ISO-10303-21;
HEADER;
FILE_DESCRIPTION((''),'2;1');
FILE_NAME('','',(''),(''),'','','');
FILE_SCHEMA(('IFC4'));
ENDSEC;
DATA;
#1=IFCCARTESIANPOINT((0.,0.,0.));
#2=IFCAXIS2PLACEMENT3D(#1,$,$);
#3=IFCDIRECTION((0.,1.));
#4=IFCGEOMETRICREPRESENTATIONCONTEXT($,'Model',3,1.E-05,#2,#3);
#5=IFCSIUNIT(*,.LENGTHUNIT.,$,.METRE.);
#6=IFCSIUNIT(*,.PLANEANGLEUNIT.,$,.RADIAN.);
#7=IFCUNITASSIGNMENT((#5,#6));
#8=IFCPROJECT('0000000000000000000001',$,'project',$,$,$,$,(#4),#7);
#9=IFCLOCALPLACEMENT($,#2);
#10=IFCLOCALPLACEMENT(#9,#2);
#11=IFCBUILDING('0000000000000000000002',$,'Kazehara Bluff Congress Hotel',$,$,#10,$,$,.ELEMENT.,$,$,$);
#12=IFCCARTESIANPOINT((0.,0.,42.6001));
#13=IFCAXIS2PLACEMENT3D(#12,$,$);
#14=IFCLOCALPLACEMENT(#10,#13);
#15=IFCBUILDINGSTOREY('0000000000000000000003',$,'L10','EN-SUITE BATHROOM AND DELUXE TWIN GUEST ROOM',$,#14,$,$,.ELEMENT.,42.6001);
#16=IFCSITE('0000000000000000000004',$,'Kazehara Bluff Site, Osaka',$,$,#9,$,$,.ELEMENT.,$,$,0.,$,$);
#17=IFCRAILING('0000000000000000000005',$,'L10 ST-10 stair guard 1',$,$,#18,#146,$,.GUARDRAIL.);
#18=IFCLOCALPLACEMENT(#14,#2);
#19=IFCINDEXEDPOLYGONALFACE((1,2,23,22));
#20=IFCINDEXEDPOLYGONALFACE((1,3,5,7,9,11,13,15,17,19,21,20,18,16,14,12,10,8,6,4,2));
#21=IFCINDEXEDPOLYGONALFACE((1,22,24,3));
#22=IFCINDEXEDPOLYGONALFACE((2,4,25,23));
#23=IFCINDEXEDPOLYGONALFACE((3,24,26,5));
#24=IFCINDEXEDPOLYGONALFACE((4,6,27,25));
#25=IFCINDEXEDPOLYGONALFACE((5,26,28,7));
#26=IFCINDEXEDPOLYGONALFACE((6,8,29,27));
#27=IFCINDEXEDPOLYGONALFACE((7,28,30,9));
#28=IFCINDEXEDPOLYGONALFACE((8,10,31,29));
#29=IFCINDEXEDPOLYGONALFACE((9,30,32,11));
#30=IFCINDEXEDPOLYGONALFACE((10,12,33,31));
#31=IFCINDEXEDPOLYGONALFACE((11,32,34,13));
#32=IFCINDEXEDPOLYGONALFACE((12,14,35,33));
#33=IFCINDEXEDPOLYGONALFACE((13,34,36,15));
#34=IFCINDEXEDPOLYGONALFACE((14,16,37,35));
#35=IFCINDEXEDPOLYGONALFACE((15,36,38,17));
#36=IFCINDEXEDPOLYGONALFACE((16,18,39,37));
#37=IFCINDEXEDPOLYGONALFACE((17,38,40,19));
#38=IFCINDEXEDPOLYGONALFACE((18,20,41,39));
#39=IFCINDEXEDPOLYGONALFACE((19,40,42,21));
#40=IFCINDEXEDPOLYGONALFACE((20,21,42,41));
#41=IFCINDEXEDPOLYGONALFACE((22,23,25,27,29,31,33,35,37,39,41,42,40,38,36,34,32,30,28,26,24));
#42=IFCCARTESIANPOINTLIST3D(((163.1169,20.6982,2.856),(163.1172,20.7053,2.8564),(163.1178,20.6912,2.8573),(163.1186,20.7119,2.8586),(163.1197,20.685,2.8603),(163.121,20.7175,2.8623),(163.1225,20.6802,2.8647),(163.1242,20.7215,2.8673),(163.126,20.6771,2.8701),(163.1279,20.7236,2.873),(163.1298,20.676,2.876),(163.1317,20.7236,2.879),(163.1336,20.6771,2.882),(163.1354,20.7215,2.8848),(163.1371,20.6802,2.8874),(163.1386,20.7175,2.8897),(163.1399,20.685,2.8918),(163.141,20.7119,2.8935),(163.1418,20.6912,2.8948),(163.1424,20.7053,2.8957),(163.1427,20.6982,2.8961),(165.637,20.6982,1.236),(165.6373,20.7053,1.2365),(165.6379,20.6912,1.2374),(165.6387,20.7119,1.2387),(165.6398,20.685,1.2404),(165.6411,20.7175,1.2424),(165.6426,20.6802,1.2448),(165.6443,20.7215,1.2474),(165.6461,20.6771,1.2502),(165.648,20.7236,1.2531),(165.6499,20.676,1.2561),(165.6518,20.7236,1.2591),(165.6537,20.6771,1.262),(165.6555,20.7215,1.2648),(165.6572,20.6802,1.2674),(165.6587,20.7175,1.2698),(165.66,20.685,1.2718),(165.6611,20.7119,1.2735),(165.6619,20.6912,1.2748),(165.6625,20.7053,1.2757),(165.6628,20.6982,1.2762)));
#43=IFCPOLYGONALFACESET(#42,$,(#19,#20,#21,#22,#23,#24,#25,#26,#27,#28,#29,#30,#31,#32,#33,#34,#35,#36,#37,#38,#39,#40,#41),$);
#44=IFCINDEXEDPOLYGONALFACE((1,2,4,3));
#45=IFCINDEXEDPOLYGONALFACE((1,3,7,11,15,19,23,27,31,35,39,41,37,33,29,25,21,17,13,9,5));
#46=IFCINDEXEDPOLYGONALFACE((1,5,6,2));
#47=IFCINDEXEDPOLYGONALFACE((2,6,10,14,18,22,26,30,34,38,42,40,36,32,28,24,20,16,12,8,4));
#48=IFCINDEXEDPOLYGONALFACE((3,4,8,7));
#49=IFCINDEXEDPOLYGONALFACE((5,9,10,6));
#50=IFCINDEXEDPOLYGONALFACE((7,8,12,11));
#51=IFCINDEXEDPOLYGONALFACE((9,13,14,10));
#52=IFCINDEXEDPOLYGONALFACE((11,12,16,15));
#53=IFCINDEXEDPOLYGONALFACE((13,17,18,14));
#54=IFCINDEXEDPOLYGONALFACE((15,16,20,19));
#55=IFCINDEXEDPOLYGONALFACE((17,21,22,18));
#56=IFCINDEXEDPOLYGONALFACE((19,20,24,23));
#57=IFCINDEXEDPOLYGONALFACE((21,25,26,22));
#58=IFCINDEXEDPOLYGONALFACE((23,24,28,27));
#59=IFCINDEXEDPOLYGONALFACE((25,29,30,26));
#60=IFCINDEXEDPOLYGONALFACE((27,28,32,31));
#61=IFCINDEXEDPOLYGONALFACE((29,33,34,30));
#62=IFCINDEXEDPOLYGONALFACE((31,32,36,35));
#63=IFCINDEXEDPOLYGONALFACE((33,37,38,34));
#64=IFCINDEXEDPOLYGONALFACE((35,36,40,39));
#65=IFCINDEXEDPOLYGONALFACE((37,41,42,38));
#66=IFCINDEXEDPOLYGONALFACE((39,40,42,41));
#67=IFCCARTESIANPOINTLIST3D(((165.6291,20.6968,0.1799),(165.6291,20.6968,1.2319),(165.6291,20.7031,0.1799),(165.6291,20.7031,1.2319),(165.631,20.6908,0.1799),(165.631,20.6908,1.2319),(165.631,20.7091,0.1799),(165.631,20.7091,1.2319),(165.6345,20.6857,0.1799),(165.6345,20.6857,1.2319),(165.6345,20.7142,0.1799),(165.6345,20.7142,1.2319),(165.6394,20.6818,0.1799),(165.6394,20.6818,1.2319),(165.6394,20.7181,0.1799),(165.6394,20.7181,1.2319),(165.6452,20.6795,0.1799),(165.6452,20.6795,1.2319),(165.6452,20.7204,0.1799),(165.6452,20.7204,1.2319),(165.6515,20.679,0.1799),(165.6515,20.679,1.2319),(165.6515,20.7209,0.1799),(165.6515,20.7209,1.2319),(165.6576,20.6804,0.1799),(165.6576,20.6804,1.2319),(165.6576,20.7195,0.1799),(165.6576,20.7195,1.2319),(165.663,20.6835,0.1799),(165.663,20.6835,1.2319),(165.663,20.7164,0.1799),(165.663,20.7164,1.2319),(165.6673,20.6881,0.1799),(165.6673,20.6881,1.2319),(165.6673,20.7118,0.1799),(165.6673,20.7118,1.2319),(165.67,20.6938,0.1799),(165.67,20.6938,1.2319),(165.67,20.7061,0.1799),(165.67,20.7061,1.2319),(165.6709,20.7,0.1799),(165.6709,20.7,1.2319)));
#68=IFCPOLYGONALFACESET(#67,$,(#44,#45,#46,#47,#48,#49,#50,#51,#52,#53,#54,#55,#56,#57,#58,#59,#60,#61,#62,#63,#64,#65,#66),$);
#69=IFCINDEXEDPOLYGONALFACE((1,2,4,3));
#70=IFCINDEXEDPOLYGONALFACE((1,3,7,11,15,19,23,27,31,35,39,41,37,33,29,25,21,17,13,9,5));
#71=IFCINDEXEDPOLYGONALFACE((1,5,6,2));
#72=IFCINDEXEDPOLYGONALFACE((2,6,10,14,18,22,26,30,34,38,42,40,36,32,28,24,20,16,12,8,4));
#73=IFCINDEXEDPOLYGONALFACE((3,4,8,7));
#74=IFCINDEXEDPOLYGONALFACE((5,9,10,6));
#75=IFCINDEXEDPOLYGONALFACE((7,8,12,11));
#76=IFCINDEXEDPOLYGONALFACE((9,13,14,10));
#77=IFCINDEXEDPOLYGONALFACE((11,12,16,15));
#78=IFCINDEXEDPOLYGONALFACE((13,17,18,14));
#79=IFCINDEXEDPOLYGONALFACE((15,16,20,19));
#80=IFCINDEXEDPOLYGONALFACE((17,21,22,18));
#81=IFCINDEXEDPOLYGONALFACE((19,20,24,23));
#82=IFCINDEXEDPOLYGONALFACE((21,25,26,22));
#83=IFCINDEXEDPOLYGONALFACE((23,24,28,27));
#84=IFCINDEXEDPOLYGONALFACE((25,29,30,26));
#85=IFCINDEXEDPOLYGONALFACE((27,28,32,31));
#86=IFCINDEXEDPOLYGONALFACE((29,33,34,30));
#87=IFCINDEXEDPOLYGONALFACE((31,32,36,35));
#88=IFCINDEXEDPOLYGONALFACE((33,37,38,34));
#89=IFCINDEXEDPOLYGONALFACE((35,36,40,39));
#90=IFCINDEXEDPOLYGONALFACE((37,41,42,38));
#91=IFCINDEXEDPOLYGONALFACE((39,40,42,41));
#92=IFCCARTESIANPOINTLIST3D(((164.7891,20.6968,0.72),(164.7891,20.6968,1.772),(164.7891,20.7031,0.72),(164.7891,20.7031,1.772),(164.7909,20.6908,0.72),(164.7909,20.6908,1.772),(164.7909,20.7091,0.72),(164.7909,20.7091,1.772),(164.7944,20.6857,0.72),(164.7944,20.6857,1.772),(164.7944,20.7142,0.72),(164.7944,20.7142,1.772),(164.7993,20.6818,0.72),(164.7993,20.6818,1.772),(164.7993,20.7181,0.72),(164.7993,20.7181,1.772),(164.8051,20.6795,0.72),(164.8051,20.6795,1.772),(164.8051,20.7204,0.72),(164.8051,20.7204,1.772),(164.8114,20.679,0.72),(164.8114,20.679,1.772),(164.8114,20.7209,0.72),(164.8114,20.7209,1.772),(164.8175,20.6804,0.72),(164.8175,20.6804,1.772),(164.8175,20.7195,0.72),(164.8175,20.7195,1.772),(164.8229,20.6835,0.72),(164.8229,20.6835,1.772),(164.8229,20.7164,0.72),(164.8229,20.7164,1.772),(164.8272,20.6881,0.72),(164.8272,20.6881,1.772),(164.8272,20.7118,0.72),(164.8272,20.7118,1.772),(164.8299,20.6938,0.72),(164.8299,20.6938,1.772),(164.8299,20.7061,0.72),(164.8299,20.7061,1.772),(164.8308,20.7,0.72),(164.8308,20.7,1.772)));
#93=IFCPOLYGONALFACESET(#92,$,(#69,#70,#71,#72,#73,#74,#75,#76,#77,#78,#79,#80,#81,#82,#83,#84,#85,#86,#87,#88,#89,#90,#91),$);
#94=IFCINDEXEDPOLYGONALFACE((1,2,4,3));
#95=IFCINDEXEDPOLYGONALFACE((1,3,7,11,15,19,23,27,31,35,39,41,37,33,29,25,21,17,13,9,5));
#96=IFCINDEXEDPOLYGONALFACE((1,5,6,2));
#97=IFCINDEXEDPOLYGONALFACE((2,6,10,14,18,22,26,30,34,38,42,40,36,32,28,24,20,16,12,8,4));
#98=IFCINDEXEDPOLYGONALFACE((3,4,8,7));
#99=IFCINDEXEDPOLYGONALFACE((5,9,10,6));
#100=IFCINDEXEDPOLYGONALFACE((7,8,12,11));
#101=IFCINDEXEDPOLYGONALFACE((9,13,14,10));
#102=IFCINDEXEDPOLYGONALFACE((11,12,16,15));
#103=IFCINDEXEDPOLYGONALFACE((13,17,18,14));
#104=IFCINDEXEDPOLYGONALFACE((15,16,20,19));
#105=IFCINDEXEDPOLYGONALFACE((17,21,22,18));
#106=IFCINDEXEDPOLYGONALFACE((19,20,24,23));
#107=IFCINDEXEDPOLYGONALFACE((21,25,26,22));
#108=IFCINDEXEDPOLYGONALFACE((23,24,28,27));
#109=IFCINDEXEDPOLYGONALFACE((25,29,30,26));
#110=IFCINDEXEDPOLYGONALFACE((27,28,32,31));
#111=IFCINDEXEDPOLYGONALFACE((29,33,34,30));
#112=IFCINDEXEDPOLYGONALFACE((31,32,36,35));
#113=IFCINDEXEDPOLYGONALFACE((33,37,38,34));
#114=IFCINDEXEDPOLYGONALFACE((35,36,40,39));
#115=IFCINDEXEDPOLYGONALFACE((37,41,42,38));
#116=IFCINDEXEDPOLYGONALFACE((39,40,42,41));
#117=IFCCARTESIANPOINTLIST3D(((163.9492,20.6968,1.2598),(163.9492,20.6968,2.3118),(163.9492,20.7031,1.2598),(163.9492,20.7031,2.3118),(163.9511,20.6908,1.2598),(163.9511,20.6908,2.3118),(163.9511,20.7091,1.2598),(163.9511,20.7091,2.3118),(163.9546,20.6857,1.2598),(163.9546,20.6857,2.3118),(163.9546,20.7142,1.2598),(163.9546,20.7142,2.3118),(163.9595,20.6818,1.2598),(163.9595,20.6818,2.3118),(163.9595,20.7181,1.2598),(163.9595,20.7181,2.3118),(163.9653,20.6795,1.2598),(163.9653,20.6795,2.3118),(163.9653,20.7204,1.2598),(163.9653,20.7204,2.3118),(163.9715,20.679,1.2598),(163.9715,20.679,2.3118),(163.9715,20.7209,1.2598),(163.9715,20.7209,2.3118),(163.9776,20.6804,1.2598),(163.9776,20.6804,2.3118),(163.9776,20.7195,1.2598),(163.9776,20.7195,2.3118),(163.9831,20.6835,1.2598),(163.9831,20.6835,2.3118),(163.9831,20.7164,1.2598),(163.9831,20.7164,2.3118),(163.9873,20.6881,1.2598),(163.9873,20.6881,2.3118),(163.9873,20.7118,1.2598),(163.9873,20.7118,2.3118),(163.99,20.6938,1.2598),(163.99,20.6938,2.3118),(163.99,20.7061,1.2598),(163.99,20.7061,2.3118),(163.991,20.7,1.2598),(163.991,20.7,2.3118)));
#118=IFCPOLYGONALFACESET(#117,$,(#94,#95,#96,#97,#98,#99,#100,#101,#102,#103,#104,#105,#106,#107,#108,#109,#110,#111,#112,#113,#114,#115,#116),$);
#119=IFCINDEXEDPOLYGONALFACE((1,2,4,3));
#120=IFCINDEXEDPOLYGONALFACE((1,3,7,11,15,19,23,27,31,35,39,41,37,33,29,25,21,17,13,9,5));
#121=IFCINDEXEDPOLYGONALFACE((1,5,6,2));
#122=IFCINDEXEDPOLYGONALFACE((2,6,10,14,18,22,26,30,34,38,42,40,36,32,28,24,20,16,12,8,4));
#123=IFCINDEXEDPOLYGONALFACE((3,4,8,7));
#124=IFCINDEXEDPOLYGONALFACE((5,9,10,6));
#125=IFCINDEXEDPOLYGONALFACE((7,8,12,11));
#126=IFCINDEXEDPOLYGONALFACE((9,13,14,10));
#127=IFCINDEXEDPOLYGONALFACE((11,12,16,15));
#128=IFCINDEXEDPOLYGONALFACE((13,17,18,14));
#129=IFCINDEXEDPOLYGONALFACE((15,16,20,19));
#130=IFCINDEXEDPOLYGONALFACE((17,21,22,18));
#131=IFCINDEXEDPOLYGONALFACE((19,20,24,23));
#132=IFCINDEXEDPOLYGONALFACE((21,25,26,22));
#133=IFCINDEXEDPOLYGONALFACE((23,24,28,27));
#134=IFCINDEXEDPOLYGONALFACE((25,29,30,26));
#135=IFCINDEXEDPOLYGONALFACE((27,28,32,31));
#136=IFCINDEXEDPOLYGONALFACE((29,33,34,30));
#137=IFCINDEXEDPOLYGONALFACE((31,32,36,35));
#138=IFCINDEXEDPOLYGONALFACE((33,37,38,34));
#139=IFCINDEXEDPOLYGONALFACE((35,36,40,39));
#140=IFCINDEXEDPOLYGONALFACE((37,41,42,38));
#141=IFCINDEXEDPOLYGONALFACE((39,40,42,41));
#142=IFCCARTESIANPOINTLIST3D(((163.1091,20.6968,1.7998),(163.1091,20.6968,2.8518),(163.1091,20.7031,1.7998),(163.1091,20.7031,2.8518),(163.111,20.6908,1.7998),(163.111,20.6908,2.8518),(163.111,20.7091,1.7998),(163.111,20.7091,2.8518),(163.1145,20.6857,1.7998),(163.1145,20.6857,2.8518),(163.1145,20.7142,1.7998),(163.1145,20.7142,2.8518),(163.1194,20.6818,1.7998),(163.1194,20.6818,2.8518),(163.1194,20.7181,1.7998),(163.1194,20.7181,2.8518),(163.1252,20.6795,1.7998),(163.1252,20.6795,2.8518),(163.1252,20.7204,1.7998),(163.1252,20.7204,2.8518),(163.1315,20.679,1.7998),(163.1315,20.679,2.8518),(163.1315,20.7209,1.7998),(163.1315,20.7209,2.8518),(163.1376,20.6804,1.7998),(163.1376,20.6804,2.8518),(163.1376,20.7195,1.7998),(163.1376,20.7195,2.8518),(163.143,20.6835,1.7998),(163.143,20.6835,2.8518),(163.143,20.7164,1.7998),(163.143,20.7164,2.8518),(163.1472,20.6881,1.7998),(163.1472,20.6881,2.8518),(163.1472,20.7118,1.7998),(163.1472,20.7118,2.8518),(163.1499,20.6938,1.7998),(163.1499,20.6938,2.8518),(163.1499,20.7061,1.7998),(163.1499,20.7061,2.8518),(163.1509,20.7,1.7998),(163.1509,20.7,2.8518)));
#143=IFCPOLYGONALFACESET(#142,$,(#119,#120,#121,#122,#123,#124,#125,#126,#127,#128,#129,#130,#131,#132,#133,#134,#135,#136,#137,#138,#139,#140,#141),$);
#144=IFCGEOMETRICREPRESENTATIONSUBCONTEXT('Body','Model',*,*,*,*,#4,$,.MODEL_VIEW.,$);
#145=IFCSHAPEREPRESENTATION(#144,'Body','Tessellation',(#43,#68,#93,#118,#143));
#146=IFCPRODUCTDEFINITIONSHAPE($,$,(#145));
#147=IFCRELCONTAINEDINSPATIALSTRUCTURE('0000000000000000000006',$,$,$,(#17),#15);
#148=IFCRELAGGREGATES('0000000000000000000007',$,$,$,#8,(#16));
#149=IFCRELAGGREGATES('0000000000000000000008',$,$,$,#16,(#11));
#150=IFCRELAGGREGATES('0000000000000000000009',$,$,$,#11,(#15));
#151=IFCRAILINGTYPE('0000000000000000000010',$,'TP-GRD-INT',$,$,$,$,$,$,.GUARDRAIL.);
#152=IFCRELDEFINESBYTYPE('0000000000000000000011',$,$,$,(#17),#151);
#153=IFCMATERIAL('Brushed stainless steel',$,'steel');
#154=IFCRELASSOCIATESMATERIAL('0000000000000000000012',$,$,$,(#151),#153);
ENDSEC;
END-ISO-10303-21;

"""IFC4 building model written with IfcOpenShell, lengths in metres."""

from ifc_helpers import new_model, si_unit, direction, frame, origin, origin_2d, place, context, subcontext, project, spatial, circle, extrude, material, type_object, element, save


model = new_model("IFC4")

# Units and contexts
model_context = context("Model", 3, precision=1e-05, world=origin(), true_north=direction((0.0, 1.0)))
body_context = subcontext(model_context, "Body", "Model", "MODEL_VIEW")
ifc_project = project(units=[si_unit("LENGTHUNIT", "METRE"), si_unit("PLANEANGLEUNIT", "RADIAN")], contexts=[model_context])

# Site, building, storey
site_placement = place(None, origin())
site = spatial("IfcSite", under=ifc_project, at=site_placement, Name="Kazehara Bluff Site, Osaka", CompositionType="ELEMENT", RefElevation=0.0)
building_placement = place(site_placement, origin())
building = spatial("IfcBuilding", under=site, at=building_placement, Name="Kazehara Bluff Congress Hotel", CompositionType="ELEMENT")
storey_placement = place(building_placement, frame((0.0, 0.0, 42.6001)))
storey = spatial("IfcBuildingStorey", under=building, at=storey_placement, Name="L10", Description="EN-SUITE BATHROOM AND DELUXE TWIN GUEST ROOM", CompositionType="ELEMENT", Elevation=42.6001)

# Railing
ifc_material_1 = material(Name="Brushed stainless steel", Category="steel")
railing_type_1 = type_object("IfcRailingType", Name="TP-GRD-INT", PredefinedType="GUARDRAIL", material=ifc_material_1)
railing_1_placement = place(storey_placement, frame((165.6499, 20.7, 0.1799)))
element("IfcRailing", 1, at=railing_1_placement, inside=storey, type_object=railing_type_1, Name="L10 ST-10 stair guard 1", PredefinedType="GUARDRAIL", context=body_context, shape_type="SweptSolid", body=[
    extrude(circle(Radius=0.0239, at=origin_2d()), frame((0.0, 0.0, 1.0762), z_axis=(-0.8412, 0.0, 0.540725), x_axis=(0.0, -1.0, 0.0)), (0.0, 0.0, 1.0), 2.9958),
    extrude(circle(Radius=0.021, at=origin_2d()), origin(), (0.0, 0.0, 1.0), 1.052),
    extrude(circle(Radius=0.021, at=origin_2d()), frame((-0.8401, 0.0, 0.54)), (0.0, 0.0, 1.0), 1.052),
    extrude(circle(Radius=0.021, at=origin_2d()), frame((-1.6799, 0.0, 1.0798)), (0.0, 0.0, 1.0), 1.052),
    extrude(circle(Radius=0.021, at=origin_2d()), frame((-2.52, 0.0, 1.6199)), (0.0, 0.0, 1.0), 1.052),
])

save(model, "model.ifc")
